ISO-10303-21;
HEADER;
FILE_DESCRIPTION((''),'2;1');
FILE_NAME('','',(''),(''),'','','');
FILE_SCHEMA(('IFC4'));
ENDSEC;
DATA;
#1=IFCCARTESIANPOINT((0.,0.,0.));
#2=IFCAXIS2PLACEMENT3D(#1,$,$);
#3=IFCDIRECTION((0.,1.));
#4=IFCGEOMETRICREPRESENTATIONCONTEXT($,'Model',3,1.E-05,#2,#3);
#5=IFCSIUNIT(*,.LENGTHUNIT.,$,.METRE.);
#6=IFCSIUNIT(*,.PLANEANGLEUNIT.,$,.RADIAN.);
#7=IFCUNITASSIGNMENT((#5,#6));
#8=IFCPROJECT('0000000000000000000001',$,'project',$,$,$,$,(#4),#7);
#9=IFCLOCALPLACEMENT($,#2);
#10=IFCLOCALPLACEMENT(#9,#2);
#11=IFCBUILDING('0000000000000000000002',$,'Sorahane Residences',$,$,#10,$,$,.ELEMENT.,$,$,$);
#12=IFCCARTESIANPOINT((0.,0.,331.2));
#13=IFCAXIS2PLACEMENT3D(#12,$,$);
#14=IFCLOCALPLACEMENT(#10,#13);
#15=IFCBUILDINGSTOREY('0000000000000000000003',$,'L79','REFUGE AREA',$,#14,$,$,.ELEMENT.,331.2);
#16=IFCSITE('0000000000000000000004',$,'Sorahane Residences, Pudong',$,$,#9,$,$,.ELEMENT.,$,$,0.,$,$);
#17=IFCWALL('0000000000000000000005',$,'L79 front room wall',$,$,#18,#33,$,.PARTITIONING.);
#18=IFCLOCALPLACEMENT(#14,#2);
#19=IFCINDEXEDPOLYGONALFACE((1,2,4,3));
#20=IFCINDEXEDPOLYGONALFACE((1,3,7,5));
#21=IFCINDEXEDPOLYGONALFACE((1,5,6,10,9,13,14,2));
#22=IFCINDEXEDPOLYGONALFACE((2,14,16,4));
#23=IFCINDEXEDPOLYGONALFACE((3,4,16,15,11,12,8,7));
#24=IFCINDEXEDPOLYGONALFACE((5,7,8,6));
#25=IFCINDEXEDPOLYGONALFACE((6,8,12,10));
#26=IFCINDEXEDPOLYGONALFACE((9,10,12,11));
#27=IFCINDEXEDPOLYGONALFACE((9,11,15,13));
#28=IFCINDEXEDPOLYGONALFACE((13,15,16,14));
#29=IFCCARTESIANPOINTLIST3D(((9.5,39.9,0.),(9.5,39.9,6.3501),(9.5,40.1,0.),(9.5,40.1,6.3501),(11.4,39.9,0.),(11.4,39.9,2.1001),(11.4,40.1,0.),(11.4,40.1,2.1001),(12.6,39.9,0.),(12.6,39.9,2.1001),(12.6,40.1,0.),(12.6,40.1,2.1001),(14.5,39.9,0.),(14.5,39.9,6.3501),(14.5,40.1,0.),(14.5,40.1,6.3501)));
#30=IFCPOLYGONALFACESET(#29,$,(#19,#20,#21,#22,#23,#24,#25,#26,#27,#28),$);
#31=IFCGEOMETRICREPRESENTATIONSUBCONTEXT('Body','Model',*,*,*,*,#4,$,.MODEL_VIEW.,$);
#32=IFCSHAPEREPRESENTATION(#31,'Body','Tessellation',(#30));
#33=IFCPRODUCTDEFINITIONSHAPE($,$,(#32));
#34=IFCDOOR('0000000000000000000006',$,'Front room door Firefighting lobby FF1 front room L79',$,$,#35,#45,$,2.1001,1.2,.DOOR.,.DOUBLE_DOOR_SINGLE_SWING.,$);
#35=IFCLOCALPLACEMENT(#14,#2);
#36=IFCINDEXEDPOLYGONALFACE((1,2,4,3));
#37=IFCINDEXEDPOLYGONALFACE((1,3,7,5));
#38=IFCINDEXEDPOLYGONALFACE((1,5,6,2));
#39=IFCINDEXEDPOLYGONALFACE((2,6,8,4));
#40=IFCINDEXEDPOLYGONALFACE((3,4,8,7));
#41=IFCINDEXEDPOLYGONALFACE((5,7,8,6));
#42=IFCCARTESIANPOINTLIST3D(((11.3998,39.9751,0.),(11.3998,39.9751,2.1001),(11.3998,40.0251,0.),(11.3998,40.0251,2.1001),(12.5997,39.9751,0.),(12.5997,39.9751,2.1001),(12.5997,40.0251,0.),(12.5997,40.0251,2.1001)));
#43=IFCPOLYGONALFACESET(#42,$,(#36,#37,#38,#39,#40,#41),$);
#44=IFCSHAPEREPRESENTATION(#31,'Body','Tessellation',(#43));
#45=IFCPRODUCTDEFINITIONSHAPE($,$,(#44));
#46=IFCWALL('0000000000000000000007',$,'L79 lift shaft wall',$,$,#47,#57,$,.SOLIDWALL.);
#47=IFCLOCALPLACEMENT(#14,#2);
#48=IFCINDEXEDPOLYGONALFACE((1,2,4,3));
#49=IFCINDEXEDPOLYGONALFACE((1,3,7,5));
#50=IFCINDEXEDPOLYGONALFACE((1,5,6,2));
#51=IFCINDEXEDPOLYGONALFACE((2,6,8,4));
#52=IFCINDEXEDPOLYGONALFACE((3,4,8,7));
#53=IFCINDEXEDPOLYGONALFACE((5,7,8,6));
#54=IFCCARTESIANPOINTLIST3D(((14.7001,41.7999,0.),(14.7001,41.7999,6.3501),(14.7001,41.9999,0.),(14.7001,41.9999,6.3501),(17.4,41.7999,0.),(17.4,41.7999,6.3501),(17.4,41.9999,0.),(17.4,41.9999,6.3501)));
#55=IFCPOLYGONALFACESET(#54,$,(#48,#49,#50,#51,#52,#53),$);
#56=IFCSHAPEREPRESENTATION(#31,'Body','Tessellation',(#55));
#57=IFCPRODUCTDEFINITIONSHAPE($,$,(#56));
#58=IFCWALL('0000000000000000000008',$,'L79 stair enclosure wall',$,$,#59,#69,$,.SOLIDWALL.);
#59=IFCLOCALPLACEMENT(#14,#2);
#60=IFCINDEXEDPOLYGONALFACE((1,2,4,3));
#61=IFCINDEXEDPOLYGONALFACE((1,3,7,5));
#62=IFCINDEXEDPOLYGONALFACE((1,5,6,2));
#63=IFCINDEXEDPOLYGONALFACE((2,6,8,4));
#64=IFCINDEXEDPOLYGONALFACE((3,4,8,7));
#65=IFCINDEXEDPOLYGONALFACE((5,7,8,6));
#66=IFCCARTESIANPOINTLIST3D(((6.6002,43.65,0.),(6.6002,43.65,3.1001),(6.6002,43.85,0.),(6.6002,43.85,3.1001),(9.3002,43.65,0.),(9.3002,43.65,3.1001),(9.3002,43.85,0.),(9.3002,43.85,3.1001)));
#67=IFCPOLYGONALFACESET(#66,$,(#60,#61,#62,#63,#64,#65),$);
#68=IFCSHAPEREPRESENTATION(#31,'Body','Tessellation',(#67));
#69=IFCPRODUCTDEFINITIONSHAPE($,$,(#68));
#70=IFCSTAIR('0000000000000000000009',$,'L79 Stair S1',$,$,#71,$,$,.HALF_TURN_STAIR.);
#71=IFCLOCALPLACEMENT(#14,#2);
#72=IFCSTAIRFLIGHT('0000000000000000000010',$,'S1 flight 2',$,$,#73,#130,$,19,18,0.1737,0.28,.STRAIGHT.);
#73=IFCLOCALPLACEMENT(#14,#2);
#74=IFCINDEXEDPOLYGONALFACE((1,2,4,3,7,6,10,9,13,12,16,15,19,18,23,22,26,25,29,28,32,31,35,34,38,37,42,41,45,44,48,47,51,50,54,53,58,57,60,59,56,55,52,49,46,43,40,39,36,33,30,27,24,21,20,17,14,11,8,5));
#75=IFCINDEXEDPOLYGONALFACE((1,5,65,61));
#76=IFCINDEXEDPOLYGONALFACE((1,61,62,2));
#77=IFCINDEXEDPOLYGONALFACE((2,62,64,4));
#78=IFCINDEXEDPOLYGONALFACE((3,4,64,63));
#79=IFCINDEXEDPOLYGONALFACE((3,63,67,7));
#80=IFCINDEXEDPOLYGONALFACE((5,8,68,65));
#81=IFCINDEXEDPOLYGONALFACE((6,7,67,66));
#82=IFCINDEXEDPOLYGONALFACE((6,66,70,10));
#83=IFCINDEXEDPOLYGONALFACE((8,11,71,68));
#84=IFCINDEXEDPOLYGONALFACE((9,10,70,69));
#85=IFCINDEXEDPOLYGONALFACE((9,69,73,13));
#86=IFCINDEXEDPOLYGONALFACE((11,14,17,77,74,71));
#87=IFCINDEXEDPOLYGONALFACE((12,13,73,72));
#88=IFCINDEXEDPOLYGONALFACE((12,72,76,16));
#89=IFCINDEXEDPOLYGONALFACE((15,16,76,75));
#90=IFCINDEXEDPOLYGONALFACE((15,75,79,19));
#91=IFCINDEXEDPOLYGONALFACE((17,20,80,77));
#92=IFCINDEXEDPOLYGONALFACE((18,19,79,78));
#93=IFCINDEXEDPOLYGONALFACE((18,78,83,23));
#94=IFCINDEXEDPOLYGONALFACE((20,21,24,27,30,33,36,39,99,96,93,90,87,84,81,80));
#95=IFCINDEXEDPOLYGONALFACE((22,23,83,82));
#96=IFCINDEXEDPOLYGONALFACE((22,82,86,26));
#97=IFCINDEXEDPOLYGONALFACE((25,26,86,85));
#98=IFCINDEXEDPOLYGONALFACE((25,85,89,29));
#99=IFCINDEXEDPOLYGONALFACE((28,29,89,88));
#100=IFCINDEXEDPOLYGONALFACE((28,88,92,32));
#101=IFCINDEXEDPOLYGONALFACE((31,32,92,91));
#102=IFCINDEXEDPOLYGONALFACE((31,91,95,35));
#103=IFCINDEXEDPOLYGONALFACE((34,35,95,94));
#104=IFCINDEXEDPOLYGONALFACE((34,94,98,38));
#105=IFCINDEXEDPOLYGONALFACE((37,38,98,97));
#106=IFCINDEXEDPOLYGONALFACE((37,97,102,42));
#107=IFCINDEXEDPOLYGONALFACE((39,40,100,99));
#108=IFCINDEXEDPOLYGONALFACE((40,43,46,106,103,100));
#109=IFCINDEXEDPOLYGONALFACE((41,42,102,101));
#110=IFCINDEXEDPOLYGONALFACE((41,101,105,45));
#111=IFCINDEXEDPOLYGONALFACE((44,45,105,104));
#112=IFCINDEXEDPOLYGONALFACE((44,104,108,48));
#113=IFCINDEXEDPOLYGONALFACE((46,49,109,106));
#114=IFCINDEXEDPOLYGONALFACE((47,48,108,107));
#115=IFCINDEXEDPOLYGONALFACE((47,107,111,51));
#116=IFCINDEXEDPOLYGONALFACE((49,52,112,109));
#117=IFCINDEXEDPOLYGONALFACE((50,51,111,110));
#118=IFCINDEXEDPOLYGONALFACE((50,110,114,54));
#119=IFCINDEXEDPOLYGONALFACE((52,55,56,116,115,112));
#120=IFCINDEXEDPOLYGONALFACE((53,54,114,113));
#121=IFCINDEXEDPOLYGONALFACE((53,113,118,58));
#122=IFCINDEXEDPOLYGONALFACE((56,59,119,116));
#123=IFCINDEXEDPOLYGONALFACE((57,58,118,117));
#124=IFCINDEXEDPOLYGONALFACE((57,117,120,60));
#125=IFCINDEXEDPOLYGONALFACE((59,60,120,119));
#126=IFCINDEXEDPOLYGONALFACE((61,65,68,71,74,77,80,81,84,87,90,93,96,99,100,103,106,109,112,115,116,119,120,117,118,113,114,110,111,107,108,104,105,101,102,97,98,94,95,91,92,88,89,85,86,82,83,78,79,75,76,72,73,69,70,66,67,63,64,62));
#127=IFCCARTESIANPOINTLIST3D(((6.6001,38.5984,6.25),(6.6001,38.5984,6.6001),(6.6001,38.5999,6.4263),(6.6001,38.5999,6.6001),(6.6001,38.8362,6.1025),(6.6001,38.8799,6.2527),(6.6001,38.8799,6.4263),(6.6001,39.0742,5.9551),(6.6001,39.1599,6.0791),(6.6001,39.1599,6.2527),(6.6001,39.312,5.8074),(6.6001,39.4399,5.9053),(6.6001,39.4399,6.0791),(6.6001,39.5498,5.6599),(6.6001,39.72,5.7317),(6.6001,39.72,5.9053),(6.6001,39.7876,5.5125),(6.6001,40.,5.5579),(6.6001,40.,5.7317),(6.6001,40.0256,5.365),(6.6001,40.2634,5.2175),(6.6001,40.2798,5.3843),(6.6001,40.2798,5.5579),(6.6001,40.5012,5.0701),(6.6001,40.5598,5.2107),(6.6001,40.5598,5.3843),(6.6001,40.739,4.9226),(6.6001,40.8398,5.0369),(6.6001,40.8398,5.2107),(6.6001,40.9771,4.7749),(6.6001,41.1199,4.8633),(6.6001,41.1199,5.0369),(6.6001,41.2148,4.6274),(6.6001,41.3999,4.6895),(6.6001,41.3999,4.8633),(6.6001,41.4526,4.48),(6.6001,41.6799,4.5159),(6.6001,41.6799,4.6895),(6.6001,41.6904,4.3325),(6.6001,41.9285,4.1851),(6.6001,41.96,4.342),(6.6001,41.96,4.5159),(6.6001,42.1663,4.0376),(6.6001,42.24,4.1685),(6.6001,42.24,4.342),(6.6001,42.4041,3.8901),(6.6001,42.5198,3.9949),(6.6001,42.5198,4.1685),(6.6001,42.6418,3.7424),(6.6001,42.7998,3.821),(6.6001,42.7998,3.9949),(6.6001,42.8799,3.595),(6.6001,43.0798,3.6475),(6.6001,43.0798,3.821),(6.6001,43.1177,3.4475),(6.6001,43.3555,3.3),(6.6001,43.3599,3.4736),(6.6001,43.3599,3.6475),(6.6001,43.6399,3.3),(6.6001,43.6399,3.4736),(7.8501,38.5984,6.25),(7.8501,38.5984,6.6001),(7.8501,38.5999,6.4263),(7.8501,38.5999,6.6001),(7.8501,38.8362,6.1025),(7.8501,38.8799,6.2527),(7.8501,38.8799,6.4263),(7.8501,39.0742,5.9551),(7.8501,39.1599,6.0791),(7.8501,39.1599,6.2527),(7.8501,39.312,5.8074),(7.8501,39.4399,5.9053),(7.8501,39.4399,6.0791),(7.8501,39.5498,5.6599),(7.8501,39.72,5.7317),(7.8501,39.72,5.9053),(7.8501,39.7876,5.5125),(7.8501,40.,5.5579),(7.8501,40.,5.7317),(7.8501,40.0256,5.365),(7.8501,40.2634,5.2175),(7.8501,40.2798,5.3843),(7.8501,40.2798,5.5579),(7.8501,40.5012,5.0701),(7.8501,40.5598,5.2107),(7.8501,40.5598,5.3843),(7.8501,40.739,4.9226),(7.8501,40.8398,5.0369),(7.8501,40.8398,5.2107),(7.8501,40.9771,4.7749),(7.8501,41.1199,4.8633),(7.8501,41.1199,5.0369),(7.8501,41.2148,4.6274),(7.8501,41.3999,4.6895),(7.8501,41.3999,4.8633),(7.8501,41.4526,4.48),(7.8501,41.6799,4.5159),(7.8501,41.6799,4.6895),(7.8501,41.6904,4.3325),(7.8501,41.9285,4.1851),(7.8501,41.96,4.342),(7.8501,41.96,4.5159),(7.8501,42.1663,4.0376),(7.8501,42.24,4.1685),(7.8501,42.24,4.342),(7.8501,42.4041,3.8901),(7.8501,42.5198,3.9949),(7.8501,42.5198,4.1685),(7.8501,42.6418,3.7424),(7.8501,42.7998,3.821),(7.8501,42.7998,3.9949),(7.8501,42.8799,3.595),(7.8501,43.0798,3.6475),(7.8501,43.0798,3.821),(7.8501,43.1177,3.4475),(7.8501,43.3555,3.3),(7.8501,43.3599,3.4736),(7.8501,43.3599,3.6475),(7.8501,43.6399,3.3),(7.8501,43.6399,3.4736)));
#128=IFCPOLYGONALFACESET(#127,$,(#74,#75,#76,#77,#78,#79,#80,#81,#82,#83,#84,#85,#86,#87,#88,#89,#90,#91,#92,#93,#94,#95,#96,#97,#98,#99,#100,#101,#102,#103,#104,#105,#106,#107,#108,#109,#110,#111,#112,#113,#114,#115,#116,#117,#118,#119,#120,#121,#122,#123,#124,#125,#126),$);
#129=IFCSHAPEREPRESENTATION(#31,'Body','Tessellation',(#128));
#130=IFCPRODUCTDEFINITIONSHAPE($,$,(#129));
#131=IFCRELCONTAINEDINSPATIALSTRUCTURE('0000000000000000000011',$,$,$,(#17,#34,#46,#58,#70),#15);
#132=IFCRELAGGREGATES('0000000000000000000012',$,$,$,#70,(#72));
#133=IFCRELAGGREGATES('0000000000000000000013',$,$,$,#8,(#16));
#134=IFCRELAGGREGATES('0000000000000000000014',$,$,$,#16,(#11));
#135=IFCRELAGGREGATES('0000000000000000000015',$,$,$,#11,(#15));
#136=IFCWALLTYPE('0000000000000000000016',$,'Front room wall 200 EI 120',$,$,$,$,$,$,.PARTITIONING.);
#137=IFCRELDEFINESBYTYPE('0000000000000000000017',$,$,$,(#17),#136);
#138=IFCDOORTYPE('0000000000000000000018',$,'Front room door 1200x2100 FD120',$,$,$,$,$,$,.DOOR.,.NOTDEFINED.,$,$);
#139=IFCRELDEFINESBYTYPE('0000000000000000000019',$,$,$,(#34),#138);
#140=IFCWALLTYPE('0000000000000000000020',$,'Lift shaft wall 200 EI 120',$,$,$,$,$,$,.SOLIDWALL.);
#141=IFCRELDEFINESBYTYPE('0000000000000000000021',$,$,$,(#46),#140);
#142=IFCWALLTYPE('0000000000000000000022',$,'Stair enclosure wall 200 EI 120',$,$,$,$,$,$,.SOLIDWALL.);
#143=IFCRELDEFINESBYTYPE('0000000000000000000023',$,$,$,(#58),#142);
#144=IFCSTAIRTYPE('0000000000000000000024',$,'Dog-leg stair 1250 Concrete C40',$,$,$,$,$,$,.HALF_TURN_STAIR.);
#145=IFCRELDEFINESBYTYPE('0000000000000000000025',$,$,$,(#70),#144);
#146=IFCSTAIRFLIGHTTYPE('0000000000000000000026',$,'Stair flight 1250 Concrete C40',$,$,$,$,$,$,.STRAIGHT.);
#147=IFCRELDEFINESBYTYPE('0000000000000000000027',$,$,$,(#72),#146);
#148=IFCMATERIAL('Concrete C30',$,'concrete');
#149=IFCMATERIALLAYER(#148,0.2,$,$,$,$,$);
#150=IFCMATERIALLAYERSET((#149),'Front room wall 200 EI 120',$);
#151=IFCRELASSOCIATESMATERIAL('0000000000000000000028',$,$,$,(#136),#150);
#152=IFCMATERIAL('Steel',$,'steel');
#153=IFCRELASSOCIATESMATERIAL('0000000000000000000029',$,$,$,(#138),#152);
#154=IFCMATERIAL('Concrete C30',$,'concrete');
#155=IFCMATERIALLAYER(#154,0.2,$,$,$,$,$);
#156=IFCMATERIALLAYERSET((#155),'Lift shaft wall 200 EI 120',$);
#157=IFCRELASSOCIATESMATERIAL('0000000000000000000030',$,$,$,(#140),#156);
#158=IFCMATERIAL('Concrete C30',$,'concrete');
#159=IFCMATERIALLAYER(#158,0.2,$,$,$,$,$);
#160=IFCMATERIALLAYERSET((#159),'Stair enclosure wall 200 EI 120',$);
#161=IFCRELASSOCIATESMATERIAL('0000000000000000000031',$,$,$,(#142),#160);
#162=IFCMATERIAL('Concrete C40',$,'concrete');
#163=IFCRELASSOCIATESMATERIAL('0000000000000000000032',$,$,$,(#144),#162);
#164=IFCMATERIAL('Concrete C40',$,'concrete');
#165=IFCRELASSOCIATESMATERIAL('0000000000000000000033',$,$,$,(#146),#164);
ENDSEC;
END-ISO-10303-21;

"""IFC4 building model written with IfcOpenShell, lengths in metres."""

from ifc_helpers import new_model, si_unit, direction, frame, frame_2d, origin, place, context, subcontext, project, spatial, polyline, rectangle, outline, extrude, material, layer, layer_set, type_object, element, fill, aggregate, save


model = new_model("IFC4")

# Units and contexts
model_context = context("Model", 3, precision=1e-05, world=origin(), true_north=direction((0.0, 1.0)))
body_context = subcontext(model_context, "Body", "Model", "MODEL_VIEW")
ifc_project = project(units=[si_unit("LENGTHUNIT", "METRE"), si_unit("PLANEANGLEUNIT", "RADIAN")], contexts=[model_context])

# Site, building, storey
site_placement = place(None, origin())
site = spatial("IfcSite", under=ifc_project, at=site_placement, Name="Sorahane Residences, Pudong", CompositionType="ELEMENT", RefElevation=0.0)
building_placement = place(site_placement, origin())
building = spatial("IfcBuilding", under=site, at=building_placement, Name="Sorahane Residences", CompositionType="ELEMENT")
storey_placement = place(building_placement, frame((0.0, 0.0, 331.2)))
storey = spatial("IfcBuildingStorey", under=building, at=storey_placement, Name="L79", Description="REFUGE AREA", CompositionType="ELEMENT", Elevation=331.2)

# Wall, opening, door
ifc_material_1 = material(Name="Concrete C30", Category="concrete")
ifc_layer_1 = layer(ifc_material_1, 0.2)
ifc_layer_set_1 = layer_set([ifc_layer_1], Name="Front room wall 200 EI 120")
wall_type_1 = type_object("IfcWallType", Name="Front room wall 200 EI 120", PredefinedType="PARTITIONING", material=ifc_layer_set_1)
wall_1_placement = place(storey_placement, frame((9.5, 40.0, 0.0), z_axis=(0.0, 0.0, 1.0), x_axis=(1.0, 0.0, 0.0)))
wall_1 = element("IfcWall", 1, at=wall_1_placement, inside=storey, type_object=wall_type_1, Name="L79 front room wall", PredefinedType="PARTITIONING", context=body_context, shape_type="SweptSolid", body=[
    extrude(rectangle(XDim=5.0, YDim=0.2, at=frame_2d((2.5, 0.0))), origin(), (0.0, 0.0, 1.0), 6.3501),
])
opening_placement = place(wall_1_placement, frame((1.8999, 0.0, 0.0)))
opening = element("IfcOpeningElement", 2, at=opening_placement, cuts=wall_1, PredefinedType="OPENING", context=body_context, shape_type="SweptSolid", body=[
    extrude(rectangle(XDim=1.2, YDim=2.1001, at=frame_2d((0.6001, 1.05))), frame((0.0, 0.1099, 0.0), z_axis=(0.0, -1.0, 0.0), x_axis=(1.0, 0.0, 0.0)), (0.0, 0.0, 1.0), 0.22),
])
ifc_material_2 = material(Name="Steel", Category="steel")
door_type = type_object("IfcDoorType", Name="Front room door 1200x2100 FD120", OperationType="NOTDEFINED", PredefinedType="DOOR", material=ifc_material_2)
door_placement = place(opening_placement, frame((1.2, 0.0, 0.0), z_axis=(0.0, 0.0, 1.0), x_axis=(-1.0, 0.0, 0.0)))
door = element("IfcDoor", 3, at=door_placement, inside=storey, type_object=door_type, Name="Front room door Firefighting lobby FF1 front room L79", OperationType="DOUBLE_DOOR_SINGLE_SWING", OverallHeight=2.1001, OverallWidth=1.2, PredefinedType="DOOR", context=body_context, shape_type="SweptSolid", body=[
    extrude(rectangle(XDim=1.2, YDim=2.1001, at=frame_2d((0.6001, 1.05))), frame((0.0, 0.0249, 0.0), z_axis=(0.0, -1.0, 0.0), x_axis=(1.0, 0.0, 0.0)), (0.0, 0.0, 1.0), 0.05),
])
fill(opening, door)

# Walls
ifc_material_3 = material(Name="Concrete C30", Category="concrete")
ifc_layer_2 = layer(ifc_material_3, 0.2)
ifc_layer_set_2 = layer_set([ifc_layer_2], Name="Lift shaft wall 200 EI 120")
wall_type_2 = type_object("IfcWallType", Name="Lift shaft wall 200 EI 120", PredefinedType="SOLIDWALL", material=ifc_layer_set_2)
wall_2_placement = place(storey_placement, frame((14.7, 41.8999, 0.0), z_axis=(0.0, 0.0, 1.0), x_axis=(1.0, 0.0, 0.0)))
element("IfcWall", 4, at=wall_2_placement, inside=storey, type_object=wall_type_2, Name="L79 lift shaft wall", PredefinedType="SOLIDWALL", context=body_context, shape_type="SweptSolid", body=[
    extrude(rectangle(XDim=2.7, YDim=0.2, at=frame_2d((1.3501, 0.0))), origin(), (0.0, 0.0, 1.0), 6.3501),
])
ifc_material_4 = material(Name="Concrete C30", Category="concrete")
ifc_layer_3 = layer(ifc_material_4, 0.2)
ifc_layer_set_3 = layer_set([ifc_layer_3], Name="Stair enclosure wall 200 EI 120")
wall_type_3 = type_object("IfcWallType", Name="Stair enclosure wall 200 EI 120", PredefinedType="SOLIDWALL", material=ifc_layer_set_3)
wall_3_placement = place(storey_placement, frame((6.6001, 43.75, 0.0), z_axis=(0.0, 0.0, 1.0), x_axis=(1.0, 0.0, 0.0)))
element("IfcWall", 5, at=wall_3_placement, inside=storey, type_object=wall_type_3, Name="L79 stair enclosure wall", PredefinedType="SOLIDWALL", context=body_context, shape_type="SweptSolid", body=[
    extrude(rectangle(XDim=2.7, YDim=0.2, at=frame_2d((1.3501, 0.0))), origin(), (0.0, 0.0, 1.0), 3.1001),
])

# Stair, stair flight
ifc_material_5 = material(Name="Concrete C40", Category="concrete")
stair_type = type_object("IfcStairType", Name="Dog-leg stair 1250 Concrete C40", PredefinedType="HALF_TURN_STAIR", material=ifc_material_5)
stair_placement = place(storey_placement, origin())
stair = element("IfcStair", 6, at=stair_placement, inside=storey, type_object=stair_type, Name="L79 Stair S1", PredefinedType="HALF_TURN_STAIR")
ifc_material_6 = material(Name="Concrete C40", Category="concrete")
stair_flight_type = type_object("IfcStairFlightType", Name="Stair flight 1250 Concrete C40", PredefinedType="STRAIGHT", material=ifc_material_6)
stair_flight_placement = place(storey_placement, frame((7.2251, 43.6399, 3.3), z_axis=(0.0, 0.0, 1.0), x_axis=(0.0, -1.0, 0.0)))
stair_flight = element("IfcStairFlight", 7, at=stair_flight_placement, type_object=stair_flight_type, Name="S1 flight 2", NumberOfRisers=19, NumberOfTreads=18, PredefinedType="STRAIGHT", RiserHeight=0.1737, TreadLength=0.28, context=body_context, shape_type="SweptSolid", body=[
    extrude(outline(polyline([(0.0, 0.0), (0.0, 0.1736), (0.28, 0.1736), (0.28, 0.3474), (0.5601, 0.3474), (0.5601, 0.521), (0.8401, 0.521), (0.8401, 0.6948), (1.1201, 0.6948), (1.1201, 0.8684), (1.3999, 0.8684), (1.3999, 1.042), (1.6799, 1.042), (1.6799, 1.2158), (1.96, 1.2158), (1.96, 1.3894), (2.24, 1.3894), (2.24, 1.5632), (2.52, 1.5632), (2.52, 1.7368), (2.8, 1.7368), (2.8, 1.9106), (3.0801, 1.9106), (3.0801, 2.0842), (3.3601, 2.0842), (3.3601, 2.2578), (3.6399, 2.2578), (3.6399, 2.4316), (3.9199, 2.4316), (3.9199, 2.6052), (4.2, 2.6052), (4.2, 2.7791), (4.48, 2.7791), (4.48, 2.9526), (4.76, 2.9526), (4.76, 3.1262), (5.04, 3.1262), (5.04, 3.3), (5.0415, 3.3), (5.0415, 2.95), (4.8037, 2.8025), (4.5657, 2.655), (4.3279, 2.5073), (4.0901, 2.3599), (3.8523, 2.2124), (3.6143, 2.0649), (3.3765, 1.9175), (3.1387, 1.77), (2.9009, 1.6226), (2.6628, 1.4749), (2.425, 1.3274), (2.1873, 1.1799), (1.9495, 1.0325), (1.7114, 0.885), (1.4736, 0.7375), (1.2358, 0.5901), (0.998, 0.4424), (0.76, 0.2949), (0.5222, 0.1475), (0.2844, 0.0), (0.0, 0.0)])), frame((0.0, 0.625, 0.0), z_axis=(0.0, -1.0, 0.0), x_axis=(1.0, 0.0, 0.0)), (0.0, 0.0, 1.0), 1.25),
])
aggregate(stair, [stair_flight])

save(model, "model.ifc")
